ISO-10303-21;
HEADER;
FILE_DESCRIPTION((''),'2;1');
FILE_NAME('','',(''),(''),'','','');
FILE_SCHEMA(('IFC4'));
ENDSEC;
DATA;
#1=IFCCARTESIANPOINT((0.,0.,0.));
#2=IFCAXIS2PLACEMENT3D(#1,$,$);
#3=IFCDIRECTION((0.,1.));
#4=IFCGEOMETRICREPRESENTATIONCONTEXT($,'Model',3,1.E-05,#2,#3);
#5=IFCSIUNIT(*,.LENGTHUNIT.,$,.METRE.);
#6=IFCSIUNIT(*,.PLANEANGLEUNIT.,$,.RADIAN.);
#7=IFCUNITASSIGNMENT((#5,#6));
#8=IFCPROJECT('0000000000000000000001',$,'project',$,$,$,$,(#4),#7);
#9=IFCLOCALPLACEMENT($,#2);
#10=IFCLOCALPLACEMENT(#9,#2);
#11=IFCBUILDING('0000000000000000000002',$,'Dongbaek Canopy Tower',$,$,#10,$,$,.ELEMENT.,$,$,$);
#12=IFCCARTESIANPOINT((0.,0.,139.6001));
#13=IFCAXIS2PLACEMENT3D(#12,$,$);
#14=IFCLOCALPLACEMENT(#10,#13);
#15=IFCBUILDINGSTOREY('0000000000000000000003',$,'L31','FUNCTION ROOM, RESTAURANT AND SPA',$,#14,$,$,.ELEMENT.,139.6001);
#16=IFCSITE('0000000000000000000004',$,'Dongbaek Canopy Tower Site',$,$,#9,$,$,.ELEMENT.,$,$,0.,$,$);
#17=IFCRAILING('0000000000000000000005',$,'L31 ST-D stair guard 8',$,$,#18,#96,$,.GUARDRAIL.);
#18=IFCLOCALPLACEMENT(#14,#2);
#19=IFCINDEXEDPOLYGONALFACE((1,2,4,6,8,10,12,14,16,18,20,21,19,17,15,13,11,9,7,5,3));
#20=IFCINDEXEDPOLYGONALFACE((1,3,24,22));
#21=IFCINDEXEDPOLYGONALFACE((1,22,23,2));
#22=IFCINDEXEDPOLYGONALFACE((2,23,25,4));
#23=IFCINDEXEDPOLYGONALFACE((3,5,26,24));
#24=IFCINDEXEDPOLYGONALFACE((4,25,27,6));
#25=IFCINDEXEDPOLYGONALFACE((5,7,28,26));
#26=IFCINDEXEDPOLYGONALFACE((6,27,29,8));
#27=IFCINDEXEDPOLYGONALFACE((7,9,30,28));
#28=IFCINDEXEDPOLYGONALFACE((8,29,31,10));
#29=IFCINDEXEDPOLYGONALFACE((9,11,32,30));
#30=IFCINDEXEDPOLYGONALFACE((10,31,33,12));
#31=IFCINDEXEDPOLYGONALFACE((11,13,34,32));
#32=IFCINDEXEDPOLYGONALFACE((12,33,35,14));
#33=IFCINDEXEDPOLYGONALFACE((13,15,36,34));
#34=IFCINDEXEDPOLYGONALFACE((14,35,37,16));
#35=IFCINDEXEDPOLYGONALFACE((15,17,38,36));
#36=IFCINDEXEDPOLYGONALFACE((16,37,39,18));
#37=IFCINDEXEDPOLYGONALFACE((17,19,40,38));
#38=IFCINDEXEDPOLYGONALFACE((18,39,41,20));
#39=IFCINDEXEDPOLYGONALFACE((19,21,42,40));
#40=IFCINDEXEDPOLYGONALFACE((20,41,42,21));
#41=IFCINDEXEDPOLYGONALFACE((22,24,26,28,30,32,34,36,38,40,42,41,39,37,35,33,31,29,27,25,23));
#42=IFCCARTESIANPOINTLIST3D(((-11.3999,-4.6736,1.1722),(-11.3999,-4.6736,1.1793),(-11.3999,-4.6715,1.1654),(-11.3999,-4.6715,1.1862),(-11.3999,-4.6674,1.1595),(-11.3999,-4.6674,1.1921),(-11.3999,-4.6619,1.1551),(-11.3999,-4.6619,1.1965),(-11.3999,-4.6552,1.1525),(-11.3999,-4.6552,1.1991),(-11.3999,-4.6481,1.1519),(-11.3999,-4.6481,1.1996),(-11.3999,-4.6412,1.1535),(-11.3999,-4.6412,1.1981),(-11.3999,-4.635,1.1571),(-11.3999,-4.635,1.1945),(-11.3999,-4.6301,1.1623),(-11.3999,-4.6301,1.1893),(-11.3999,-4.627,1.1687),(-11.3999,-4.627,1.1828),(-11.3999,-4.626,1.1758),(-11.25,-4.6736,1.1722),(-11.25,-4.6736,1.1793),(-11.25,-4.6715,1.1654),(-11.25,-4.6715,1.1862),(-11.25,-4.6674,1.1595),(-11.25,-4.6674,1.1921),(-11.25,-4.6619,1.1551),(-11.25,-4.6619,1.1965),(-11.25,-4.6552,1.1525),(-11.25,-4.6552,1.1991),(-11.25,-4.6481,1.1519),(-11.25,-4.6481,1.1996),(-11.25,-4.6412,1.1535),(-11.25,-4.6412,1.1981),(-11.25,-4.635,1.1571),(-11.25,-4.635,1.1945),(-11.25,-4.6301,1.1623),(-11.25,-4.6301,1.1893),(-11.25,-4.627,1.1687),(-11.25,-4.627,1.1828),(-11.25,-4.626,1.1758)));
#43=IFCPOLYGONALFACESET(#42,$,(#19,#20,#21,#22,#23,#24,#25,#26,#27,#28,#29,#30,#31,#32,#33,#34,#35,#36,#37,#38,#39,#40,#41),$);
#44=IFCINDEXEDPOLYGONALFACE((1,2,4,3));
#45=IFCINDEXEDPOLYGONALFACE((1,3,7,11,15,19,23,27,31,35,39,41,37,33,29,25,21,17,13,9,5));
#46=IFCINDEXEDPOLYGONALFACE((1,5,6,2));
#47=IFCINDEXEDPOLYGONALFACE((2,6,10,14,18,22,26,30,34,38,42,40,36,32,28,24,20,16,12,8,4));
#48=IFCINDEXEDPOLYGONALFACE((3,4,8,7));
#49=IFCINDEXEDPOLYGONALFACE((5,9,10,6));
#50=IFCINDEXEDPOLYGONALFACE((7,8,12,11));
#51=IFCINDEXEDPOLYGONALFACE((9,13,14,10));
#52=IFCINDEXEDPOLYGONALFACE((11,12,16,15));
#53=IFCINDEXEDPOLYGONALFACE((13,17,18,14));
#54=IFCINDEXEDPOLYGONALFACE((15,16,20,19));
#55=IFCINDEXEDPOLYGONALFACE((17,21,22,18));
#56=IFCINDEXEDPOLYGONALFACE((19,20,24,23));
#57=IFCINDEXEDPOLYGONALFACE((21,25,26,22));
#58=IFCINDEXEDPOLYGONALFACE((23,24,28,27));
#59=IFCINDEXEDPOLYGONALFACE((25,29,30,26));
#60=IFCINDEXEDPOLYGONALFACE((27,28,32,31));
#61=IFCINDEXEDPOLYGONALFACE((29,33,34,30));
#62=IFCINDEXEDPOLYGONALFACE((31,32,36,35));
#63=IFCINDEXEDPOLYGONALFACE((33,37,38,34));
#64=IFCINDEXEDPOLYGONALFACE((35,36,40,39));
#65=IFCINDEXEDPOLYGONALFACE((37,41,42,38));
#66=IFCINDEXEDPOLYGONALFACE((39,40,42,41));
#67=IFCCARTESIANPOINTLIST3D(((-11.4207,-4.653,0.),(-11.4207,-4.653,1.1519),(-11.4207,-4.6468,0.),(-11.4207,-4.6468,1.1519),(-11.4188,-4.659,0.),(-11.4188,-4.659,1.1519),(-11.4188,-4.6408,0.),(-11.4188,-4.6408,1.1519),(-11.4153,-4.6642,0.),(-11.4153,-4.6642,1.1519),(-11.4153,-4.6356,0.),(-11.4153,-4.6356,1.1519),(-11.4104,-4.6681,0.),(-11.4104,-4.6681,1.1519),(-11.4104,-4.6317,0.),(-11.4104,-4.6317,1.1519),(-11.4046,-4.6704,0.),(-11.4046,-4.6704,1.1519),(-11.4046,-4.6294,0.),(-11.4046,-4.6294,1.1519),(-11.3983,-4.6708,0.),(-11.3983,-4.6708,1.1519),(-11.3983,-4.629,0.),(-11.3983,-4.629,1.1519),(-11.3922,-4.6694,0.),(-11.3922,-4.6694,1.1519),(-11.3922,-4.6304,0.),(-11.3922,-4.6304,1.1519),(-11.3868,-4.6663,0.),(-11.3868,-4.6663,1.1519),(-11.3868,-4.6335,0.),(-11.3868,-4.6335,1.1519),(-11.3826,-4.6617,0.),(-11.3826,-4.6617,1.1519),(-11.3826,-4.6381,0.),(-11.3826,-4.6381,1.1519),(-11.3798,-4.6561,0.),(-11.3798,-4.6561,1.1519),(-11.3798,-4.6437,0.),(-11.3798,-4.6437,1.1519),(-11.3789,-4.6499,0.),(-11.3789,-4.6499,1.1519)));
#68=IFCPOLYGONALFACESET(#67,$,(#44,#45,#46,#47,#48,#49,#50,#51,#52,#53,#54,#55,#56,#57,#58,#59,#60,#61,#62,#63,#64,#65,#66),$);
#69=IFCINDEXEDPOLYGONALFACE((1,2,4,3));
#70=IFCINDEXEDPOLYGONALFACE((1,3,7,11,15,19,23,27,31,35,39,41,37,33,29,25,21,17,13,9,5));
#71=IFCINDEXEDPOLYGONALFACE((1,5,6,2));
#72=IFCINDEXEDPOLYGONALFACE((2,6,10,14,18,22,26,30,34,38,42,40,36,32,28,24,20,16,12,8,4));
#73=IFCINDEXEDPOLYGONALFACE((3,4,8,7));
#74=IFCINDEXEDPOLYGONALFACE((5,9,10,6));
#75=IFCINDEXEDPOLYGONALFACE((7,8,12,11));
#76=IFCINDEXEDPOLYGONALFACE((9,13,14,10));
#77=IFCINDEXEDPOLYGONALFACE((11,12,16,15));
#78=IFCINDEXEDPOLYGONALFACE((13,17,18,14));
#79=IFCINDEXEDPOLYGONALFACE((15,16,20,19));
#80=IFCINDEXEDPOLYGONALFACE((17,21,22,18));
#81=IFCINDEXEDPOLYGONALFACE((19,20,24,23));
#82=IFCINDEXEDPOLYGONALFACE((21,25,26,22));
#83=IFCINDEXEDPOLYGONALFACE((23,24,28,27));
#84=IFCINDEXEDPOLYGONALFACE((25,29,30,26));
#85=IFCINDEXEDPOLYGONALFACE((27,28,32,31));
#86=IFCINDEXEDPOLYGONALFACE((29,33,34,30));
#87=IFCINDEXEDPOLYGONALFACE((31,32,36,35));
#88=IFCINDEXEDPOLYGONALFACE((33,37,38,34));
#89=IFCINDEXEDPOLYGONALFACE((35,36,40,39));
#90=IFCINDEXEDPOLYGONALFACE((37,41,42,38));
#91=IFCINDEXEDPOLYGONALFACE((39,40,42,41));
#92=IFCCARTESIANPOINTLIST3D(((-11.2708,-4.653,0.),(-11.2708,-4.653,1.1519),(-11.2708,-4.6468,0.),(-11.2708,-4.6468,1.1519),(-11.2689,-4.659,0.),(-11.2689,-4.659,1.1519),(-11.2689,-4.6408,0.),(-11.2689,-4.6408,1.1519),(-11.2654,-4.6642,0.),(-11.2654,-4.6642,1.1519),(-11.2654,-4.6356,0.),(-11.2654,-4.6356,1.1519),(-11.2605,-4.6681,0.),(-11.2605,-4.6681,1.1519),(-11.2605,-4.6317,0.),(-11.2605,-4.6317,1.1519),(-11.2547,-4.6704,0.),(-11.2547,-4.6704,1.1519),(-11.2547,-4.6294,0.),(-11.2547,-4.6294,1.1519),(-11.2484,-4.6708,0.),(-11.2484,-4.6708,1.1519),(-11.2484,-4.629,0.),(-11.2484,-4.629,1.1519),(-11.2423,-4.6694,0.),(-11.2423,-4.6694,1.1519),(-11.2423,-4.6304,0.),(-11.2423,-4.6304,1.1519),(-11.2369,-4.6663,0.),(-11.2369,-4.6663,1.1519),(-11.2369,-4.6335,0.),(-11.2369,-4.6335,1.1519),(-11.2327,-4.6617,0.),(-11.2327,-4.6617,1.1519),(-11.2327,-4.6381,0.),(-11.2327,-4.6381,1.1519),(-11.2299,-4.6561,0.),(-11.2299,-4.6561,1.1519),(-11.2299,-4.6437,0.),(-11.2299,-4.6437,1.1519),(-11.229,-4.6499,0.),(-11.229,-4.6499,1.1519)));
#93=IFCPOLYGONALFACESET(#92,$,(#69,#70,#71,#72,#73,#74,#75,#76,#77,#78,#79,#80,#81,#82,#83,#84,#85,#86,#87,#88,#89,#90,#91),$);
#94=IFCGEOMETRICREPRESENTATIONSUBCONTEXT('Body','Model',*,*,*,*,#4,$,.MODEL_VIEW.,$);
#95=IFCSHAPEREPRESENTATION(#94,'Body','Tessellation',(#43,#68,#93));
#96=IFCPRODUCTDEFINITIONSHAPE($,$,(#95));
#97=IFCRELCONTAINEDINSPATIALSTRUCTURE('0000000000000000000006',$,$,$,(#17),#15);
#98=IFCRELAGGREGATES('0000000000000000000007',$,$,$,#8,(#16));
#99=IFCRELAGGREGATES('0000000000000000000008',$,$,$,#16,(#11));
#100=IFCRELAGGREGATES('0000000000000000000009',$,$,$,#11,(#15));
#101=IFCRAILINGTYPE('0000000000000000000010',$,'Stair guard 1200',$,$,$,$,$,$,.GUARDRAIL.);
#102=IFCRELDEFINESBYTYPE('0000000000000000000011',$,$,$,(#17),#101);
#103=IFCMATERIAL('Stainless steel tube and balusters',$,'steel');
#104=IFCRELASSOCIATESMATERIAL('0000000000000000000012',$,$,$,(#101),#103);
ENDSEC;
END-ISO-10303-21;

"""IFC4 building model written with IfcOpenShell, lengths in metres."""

from ifc_helpers import new_model, si_unit, direction, frame, origin, origin_2d, place, context, subcontext, project, spatial, circle, extrude, material, type_object, element, save


model = new_model("IFC4")

# Units and contexts
model_context = context("Model", 3, precision=1e-05, world=origin(), true_north=direction((0.0, 1.0)))
body_context = subcontext(model_context, "Body", "Model", "MODEL_VIEW")
ifc_project = project(units=[si_unit("LENGTHUNIT", "METRE"), si_unit("PLANEANGLEUNIT", "RADIAN")], contexts=[model_context])

# Site, building, storey
site_placement = place(None, origin())
site = spatial("IfcSite", under=ifc_project, at=site_placement, Name="Dongbaek Canopy Tower Site", CompositionType="ELEMENT", RefElevation=0.0)
building_placement = place(site_placement, origin())
building = spatial("IfcBuilding", under=site, at=building_placement, Name="Dongbaek Canopy Tower", CompositionType="ELEMENT")
storey_placement = place(building_placement, frame((0.0, 0.0, 139.6001)))
storey = spatial("IfcBuildingStorey", under=building, at=storey_placement, Name="L31", Description="FUNCTION ROOM, RESTAURANT AND SPA", CompositionType="ELEMENT", Elevation=139.6001)

# Railing
ifc_material_1 = material(Name="Stainless steel tube and balusters", Category="steel")
railing_type_1 = type_object("IfcRailingType", Name="Stair guard 1200", PredefinedType="GUARDRAIL", material=ifc_material_1)
railing_1_placement = place(storey_placement, frame((-11.3999, -4.6499, 0.0)))
element("IfcRailing", 1, at=railing_1_placement, inside=storey, type_object=railing_type_1, Name="L31 ST-D stair guard 8", PredefinedType="GUARDRAIL", context=body_context, shape_type="SweptSolid", body=[
    extrude(circle(Radius=0.0239, at=origin_2d()), frame((0.0, 0.0, 1.1758), z_axis=(1.0, 0.0, 0.0), x_axis=(0.0, 1.0, 0.0)), (0.0, 0.0, 1.0), 0.1499),
    extrude(circle(Radius=0.021, at=origin_2d()), origin(), (0.0, 0.0, 1.0), 1.1519),
    extrude(circle(Radius=0.021, at=origin_2d()), frame((0.1499, 0.0, 0.0)), (0.0, 0.0, 1.0), 1.1519),
])

save(model, "model.ifc")
